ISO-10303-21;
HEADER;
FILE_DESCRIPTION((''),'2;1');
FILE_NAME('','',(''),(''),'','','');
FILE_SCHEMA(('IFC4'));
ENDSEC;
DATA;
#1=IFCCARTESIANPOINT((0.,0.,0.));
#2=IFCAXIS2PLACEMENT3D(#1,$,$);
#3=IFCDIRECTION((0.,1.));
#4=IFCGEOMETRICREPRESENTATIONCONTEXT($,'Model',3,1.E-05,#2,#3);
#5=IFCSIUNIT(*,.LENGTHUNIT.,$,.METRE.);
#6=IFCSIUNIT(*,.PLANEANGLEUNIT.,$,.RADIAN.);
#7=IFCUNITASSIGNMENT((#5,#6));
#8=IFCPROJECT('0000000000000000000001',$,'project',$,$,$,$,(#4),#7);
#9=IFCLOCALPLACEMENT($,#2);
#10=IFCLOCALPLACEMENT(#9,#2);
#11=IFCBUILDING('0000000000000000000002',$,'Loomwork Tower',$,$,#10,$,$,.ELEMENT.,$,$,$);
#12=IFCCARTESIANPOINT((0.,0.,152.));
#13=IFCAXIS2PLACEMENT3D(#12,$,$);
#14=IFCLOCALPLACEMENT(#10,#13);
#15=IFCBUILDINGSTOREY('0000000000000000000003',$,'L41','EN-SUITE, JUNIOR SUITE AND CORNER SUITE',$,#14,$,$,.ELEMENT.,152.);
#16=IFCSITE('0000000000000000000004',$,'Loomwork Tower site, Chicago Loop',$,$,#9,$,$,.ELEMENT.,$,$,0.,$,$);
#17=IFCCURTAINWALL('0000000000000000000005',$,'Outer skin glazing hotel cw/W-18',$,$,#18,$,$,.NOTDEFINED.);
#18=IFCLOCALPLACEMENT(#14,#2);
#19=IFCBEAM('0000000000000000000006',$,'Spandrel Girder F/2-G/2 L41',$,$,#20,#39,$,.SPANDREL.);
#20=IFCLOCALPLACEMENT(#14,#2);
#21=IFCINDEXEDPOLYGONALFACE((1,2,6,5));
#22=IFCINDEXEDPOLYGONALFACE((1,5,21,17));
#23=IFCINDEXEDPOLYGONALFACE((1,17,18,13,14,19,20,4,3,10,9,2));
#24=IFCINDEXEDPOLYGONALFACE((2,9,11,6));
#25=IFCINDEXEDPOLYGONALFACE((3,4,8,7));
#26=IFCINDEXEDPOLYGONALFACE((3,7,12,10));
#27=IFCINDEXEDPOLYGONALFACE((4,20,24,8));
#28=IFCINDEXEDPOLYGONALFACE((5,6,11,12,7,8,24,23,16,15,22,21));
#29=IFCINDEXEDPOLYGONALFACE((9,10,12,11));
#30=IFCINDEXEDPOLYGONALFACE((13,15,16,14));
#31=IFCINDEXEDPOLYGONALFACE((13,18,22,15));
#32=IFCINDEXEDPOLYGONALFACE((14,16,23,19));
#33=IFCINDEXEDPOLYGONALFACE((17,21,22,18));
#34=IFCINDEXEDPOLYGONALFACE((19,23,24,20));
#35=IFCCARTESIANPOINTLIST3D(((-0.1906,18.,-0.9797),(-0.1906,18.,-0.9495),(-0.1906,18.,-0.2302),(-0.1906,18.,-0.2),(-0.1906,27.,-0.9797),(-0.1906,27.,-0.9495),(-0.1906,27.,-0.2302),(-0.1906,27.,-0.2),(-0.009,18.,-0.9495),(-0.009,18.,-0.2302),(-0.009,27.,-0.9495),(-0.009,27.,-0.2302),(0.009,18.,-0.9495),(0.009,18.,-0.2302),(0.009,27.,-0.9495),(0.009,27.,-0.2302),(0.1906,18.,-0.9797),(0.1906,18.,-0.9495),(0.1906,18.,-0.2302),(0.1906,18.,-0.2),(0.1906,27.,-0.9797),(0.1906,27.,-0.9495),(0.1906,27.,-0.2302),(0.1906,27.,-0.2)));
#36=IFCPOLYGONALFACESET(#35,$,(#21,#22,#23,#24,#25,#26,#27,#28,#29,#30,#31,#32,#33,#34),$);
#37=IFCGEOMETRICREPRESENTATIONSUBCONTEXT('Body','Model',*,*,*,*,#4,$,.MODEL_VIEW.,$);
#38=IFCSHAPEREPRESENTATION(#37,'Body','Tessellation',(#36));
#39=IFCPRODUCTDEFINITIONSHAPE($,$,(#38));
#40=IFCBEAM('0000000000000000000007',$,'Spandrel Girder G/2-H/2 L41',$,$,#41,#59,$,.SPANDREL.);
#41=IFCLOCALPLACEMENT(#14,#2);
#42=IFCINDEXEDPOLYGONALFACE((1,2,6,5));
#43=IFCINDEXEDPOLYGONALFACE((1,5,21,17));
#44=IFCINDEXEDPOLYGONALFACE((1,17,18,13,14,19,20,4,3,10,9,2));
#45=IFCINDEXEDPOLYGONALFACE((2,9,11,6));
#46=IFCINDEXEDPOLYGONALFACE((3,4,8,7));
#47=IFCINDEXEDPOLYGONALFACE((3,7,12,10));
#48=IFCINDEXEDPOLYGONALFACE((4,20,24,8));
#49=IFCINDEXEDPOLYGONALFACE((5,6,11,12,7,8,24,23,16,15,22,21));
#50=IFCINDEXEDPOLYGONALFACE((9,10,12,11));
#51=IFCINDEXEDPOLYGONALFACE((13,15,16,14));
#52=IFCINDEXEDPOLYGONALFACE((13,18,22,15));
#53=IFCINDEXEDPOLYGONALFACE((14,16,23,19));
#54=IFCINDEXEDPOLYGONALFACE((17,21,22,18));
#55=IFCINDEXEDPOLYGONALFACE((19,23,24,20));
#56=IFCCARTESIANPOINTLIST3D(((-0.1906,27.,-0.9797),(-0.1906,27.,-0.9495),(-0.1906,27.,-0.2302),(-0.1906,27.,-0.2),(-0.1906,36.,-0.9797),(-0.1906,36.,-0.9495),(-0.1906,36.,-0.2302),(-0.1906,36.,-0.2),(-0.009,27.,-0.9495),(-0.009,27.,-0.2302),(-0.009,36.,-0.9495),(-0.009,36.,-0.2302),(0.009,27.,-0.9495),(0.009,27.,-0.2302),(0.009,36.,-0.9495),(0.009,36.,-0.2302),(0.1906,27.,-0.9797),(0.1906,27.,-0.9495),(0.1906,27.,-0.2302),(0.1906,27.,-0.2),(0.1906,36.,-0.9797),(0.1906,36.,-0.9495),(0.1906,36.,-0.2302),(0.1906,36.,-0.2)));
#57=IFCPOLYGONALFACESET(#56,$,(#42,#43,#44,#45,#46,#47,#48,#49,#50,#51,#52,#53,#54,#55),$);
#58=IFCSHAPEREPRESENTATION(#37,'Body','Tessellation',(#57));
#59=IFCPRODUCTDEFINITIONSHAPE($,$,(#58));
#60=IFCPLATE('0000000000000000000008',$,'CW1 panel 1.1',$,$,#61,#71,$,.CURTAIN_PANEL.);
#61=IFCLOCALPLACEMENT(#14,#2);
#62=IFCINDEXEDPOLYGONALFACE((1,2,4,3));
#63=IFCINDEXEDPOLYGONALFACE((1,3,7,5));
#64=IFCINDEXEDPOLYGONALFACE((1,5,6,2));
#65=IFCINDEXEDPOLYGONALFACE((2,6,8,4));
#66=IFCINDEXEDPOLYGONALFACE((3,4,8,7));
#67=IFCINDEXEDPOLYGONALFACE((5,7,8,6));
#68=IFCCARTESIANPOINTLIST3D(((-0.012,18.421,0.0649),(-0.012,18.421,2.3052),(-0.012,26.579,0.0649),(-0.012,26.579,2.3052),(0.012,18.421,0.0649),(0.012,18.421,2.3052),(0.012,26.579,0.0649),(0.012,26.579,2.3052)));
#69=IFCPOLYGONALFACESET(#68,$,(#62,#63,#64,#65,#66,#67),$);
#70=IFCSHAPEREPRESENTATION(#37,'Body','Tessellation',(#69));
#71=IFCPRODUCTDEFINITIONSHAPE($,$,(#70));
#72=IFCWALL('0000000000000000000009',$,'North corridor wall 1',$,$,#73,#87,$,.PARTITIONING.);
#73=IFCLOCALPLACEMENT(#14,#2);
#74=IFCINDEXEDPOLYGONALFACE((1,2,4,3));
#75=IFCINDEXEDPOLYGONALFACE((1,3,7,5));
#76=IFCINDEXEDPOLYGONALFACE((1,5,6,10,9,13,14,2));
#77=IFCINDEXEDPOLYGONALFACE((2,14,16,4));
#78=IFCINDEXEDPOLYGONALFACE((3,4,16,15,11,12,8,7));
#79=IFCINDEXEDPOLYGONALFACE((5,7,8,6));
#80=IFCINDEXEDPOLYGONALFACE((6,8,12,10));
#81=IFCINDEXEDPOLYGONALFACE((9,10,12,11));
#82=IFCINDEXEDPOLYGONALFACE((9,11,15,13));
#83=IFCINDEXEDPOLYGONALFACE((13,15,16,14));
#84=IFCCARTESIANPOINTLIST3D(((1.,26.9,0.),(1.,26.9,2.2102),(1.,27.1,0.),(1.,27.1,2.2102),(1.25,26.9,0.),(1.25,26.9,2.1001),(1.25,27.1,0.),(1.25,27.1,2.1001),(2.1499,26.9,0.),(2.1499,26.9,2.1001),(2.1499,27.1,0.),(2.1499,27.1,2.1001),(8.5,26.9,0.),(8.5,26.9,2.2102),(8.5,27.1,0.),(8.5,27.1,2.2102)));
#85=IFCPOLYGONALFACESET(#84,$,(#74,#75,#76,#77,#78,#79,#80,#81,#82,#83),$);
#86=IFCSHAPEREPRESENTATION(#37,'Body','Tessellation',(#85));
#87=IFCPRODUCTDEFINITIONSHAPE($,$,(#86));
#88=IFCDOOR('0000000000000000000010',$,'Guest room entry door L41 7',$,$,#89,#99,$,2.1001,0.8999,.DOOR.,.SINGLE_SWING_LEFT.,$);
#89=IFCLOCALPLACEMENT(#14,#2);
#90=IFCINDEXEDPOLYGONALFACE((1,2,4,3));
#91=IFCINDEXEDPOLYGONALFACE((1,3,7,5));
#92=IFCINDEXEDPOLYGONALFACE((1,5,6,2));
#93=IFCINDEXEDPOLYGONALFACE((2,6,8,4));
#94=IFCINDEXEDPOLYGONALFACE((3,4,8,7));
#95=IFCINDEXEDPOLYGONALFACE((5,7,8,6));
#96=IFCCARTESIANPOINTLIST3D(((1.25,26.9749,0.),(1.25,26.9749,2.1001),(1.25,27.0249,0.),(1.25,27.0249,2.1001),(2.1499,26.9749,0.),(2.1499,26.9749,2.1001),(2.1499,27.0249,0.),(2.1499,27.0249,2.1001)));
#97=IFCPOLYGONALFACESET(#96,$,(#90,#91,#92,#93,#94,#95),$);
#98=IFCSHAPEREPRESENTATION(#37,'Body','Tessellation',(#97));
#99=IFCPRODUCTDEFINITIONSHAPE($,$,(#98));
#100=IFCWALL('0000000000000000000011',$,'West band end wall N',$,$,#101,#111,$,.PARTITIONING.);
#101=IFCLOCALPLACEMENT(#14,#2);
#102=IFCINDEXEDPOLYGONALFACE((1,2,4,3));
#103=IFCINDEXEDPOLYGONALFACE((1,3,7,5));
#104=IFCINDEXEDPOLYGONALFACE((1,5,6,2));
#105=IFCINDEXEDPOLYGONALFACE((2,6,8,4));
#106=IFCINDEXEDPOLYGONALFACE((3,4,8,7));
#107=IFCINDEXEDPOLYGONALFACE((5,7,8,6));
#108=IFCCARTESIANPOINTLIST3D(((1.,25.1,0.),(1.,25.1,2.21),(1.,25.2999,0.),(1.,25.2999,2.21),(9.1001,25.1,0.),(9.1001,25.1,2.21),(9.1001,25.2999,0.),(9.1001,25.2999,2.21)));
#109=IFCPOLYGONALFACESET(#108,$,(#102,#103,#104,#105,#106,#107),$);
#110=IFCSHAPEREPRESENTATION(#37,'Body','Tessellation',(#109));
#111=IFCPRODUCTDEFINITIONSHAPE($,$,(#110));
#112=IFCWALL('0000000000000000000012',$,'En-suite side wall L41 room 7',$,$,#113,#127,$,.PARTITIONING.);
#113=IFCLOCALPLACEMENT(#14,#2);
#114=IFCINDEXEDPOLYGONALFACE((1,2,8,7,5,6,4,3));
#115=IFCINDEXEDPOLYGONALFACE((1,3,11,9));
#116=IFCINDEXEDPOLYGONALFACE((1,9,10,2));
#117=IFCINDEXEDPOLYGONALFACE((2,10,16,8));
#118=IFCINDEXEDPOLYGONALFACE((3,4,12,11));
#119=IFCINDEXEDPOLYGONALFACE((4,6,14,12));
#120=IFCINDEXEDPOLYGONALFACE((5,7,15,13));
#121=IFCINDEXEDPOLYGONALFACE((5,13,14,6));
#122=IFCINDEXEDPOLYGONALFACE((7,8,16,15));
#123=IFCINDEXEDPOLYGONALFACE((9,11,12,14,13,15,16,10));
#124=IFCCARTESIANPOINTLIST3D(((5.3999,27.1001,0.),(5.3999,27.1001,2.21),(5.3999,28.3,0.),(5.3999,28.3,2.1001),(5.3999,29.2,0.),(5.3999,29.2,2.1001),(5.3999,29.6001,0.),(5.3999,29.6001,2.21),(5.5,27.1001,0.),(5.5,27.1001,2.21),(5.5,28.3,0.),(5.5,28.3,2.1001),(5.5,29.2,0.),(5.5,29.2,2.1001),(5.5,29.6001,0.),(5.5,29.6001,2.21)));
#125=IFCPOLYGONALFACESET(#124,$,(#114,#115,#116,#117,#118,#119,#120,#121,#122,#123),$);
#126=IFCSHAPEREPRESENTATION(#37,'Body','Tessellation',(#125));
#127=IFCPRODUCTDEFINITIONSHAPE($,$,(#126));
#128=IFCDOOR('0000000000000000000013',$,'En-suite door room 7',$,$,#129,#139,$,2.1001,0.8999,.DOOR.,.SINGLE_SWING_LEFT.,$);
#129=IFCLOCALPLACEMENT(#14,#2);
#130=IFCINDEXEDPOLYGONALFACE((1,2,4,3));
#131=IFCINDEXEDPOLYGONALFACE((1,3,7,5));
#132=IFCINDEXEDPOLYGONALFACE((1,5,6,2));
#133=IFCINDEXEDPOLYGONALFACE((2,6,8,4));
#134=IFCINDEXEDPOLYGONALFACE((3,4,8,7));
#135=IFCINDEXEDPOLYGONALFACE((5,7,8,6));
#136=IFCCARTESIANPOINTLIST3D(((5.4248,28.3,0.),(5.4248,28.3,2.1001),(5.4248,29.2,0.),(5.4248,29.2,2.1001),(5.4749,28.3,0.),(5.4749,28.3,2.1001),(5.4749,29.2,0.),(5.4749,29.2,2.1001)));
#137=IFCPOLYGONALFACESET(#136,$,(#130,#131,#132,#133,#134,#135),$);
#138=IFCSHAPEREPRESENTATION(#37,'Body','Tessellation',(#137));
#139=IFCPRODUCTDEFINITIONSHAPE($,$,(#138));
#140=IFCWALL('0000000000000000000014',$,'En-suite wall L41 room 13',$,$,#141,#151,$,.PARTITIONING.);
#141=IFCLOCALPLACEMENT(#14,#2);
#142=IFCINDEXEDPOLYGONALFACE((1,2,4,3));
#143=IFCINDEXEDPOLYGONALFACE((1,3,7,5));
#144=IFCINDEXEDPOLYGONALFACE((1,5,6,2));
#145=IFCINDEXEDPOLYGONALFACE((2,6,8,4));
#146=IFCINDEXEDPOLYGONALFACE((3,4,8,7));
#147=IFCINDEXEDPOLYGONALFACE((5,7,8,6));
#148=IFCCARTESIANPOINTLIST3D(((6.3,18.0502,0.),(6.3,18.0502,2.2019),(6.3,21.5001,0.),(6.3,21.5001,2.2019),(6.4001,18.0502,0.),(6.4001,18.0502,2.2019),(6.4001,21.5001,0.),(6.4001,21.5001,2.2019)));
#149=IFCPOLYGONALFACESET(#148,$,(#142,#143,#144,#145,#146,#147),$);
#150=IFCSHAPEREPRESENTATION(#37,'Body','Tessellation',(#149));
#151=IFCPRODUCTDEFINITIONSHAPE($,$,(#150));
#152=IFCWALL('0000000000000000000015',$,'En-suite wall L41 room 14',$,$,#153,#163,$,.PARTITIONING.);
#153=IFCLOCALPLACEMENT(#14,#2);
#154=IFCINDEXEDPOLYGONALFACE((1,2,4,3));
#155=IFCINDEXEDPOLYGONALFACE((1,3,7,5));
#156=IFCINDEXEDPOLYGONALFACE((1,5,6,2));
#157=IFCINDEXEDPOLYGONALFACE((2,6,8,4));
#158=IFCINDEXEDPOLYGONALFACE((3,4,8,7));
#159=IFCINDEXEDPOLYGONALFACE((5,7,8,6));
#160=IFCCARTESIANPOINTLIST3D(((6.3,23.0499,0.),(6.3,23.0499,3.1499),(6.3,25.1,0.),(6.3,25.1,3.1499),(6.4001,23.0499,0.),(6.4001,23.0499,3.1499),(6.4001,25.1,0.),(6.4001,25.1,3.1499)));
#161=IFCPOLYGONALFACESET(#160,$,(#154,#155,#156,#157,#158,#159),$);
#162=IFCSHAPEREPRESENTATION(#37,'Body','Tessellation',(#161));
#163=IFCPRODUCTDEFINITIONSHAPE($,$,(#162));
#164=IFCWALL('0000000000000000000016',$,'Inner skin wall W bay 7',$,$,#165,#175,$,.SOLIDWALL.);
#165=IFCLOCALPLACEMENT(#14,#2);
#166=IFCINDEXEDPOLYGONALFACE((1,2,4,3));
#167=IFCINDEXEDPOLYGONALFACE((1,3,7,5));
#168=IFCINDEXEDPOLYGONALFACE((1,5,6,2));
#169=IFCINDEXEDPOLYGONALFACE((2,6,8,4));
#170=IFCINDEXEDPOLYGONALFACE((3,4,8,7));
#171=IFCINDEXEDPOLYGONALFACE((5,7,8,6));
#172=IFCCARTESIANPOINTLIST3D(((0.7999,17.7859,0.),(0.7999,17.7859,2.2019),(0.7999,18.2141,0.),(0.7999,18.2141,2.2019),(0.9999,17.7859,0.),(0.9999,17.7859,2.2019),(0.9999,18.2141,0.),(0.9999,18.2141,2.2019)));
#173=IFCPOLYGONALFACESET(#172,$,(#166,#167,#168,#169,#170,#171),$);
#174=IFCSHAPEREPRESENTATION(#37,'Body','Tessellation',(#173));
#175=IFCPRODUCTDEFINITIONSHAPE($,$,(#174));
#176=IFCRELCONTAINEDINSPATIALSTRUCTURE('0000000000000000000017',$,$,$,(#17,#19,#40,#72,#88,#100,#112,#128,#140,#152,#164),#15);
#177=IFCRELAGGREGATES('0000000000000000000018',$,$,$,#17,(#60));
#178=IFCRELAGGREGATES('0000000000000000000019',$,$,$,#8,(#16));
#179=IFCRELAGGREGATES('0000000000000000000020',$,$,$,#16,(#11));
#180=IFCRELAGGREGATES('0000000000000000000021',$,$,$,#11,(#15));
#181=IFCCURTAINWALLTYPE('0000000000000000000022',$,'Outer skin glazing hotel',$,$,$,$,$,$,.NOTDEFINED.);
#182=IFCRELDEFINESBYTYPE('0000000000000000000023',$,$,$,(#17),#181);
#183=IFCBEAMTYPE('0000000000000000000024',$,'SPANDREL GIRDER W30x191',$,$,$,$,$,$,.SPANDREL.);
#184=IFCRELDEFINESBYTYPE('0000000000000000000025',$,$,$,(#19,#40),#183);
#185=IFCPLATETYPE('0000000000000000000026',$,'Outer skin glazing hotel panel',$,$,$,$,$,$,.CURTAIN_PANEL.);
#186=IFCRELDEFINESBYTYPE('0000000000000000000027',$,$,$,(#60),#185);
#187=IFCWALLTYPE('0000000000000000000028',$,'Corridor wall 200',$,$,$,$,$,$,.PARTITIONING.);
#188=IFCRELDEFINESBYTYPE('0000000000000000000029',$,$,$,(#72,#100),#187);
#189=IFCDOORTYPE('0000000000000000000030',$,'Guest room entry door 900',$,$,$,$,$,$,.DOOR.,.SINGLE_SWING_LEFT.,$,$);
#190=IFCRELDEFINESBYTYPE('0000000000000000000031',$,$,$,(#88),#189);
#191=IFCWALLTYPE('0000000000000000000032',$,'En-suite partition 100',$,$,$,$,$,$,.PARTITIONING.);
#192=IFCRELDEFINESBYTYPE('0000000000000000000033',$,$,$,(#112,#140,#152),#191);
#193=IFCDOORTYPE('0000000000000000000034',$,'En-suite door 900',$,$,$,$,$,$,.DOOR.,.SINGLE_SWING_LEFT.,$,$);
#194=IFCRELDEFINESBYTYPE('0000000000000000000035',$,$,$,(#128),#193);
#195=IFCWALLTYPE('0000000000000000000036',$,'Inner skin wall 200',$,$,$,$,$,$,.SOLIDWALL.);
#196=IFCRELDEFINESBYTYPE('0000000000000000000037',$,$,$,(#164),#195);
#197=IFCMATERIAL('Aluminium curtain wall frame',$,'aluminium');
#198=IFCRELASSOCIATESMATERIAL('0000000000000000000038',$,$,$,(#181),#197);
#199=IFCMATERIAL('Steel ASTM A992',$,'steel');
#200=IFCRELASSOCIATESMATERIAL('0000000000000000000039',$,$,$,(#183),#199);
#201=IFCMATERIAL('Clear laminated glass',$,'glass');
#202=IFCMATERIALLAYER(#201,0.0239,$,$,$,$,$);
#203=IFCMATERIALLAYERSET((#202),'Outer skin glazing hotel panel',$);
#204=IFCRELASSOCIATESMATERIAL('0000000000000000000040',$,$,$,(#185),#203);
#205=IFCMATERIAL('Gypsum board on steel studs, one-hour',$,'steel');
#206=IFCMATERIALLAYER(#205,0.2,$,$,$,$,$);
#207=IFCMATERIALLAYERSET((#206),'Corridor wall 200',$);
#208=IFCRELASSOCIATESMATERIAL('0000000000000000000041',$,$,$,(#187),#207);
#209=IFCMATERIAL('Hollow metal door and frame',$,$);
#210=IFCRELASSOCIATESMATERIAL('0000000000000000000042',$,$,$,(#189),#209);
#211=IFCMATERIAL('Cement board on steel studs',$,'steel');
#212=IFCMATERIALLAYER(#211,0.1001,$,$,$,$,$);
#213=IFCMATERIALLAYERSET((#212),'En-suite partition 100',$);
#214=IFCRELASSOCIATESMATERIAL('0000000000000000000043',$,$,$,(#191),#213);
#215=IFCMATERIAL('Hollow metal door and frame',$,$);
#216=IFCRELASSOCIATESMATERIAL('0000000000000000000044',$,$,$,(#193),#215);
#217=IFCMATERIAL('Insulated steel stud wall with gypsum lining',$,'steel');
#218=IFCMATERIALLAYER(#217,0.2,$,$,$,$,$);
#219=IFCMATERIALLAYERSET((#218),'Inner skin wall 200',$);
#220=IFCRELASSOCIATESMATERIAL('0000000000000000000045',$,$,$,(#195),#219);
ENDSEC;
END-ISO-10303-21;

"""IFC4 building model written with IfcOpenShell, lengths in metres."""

from ifc_helpers import new_model, si_unit, direction, frame, frame_2d, origin, origin_2d, place, context, subcontext, project, spatial, rectangle, i_section, extrude, material, layer, layer_set, material_profile, profile_set, type_object, element, fill, aggregate, save


model = new_model("IFC4")

# Units and contexts
model_context = context("Model", 3, precision=1e-05, world=origin(), true_north=direction((0.0, 1.0)))
body_context = subcontext(model_context, "Body", "Model", "MODEL_VIEW")
ifc_project = project(units=[si_unit("LENGTHUNIT", "METRE"), si_unit("PLANEANGLEUNIT", "RADIAN")], contexts=[model_context])

# Site, building, storey
site_placement = place(None, origin())
site = spatial("IfcSite", under=ifc_project, at=site_placement, Name="Loomwork Tower site, Chicago Loop", CompositionType="ELEMENT", RefElevation=0.0)
building_placement = place(site_placement, origin())
building = spatial("IfcBuilding", under=site, at=building_placement, Name="Loomwork Tower", CompositionType="ELEMENT")
storey_placement = place(building_placement, frame((0.0, 0.0, 152.0)))
storey = spatial("IfcBuildingStorey", under=building, at=storey_placement, Name="L41", Description="EN-SUITE, JUNIOR SUITE AND CORNER SUITE", CompositionType="ELEMENT", Elevation=152.0)

# Shared definitions
ifc_material_1 = material(Name="Aluminium curtain wall frame", Category="aluminium")
curtain_wall_type = type_object("IfcCurtainWallType", Name="Outer skin glazing hotel", PredefinedType="NOTDEFINED", material=ifc_material_1)

# Curtain wall
curtain_wall_1_placement = place(storey_placement, origin())
curtain_wall_1 = element("IfcCurtainWall", 1, at=curtain_wall_1_placement, inside=storey, type_object=curtain_wall_type, Name="Outer skin glazing hotel cw/W-18", PredefinedType="NOTDEFINED")

# Beams
ifc_material_2 = material(Name="Steel ASTM A992", Category="steel")
ifc_material_profile_1 = material_profile(ifc_material_2, i_section(OverallWidth=0.3811, OverallDepth=0.7798, WebThickness=0.0181, FlangeThickness=0.0303, at=origin_2d()), Name="W30x191")
ifc_profile_set_1 = profile_set([ifc_material_profile_1], Name="Steel ASTM A992")
beam_type_1 = type_object("IfcBeamType", Name="SPANDREL GIRDER W30x191", PredefinedType="SPANDREL", material=ifc_profile_set_1)
for number, where, z_axis, x_axis, name in (
    (2, (0.0, 18.0, -0.5898), (0.0, 1.0, 0.0), (-1.0, 0.0, 0.0), "Spandrel Girder F/2-G/2 L41"),
    (3, (0.0, 27.0, -0.5898), (0.0, 1.0, 0.0), (-1.0, 0.0, 0.0), "Spandrel Girder G/2-H/2 L41"),
):
    element("IfcBeam", number, at=place(storey_placement, frame(where, z_axis=z_axis, x_axis=x_axis)), inside=storey, type_object=beam_type_1, Name=name, PredefinedType="SPANDREL", context=body_context, shape_type="SweptSolid", body=[
        extrude(i_section(OverallWidth=0.3811, OverallDepth=0.7798, WebThickness=0.0181, FlangeThickness=0.0303, at=origin_2d()), origin(), (0.0, 0.0, 1.0), 9.0),
    ])

# Plate
ifc_material_3 = material(Name="Clear laminated glass", Category="glass")
ifc_layer_1 = layer(ifc_material_3, 0.0239)
ifc_layer_set_1 = layer_set([ifc_layer_1], Name="Outer skin glazing hotel panel")
plate_type = type_object("IfcPlateType", Name="Outer skin glazing hotel panel", PredefinedType="CURTAIN_PANEL", material=ifc_layer_set_1)
plate_placement = place(storey_placement, frame((0.0, 22.5, 0.0649), z_axis=(0.0, 0.0, 1.0), x_axis=(0.0, -1.0, 0.0)))
plate = element("IfcPlate", 4, at=plate_placement, type_object=plate_type, Name="CW1 panel 1.1", PredefinedType="CURTAIN_PANEL", context=body_context, shape_type="SweptSolid", body=[
    extrude(rectangle(XDim=8.158, YDim=0.0239, at=origin_2d()), origin(), (0.0, 0.0, 1.0), 2.2402),
])
aggregate(curtain_wall_1, [plate])

# Wall, opening, door
ifc_material_4 = material(Name="Gypsum board on steel studs, one-hour", Category="steel")
ifc_layer_2 = layer(ifc_material_4, 0.2)
ifc_layer_set_2 = layer_set([ifc_layer_2], Name="Corridor wall 200")
wall_type_1 = type_object("IfcWallType", Name="Corridor wall 200", PredefinedType="PARTITIONING", material=ifc_layer_set_2)
wall_1_placement = place(storey_placement, frame((1.0, 27.0, 0.0), z_axis=(0.0, 0.0, 1.0), x_axis=(1.0, 0.0, 0.0)))
wall_1 = element("IfcWall", 5, at=wall_1_placement, inside=storey, type_object=wall_type_1, Name="North corridor wall 1", PredefinedType="PARTITIONING", context=body_context, shape_type="SweptSolid", body=[
    extrude(rectangle(XDim=7.5, YDim=0.2, at=frame_2d((3.75, 0.0))), origin(), (0.0, 0.0, 1.0), 2.2102),
])
opening_1_placement = place(wall_1_placement, frame((0.25, 0.0, 0.0)))
opening_1 = element("IfcOpeningElement", 6, at=opening_1_placement, cuts=wall_1, PredefinedType="OPENING", context=body_context, shape_type="SweptSolid", body=[
    extrude(rectangle(XDim=0.8999, YDim=2.1001, at=frame_2d((0.45, 1.05))), frame((0.0, 0.1099, 0.0), z_axis=(0.0, -1.0, 0.0), x_axis=(1.0, 0.0, 0.0)), (0.0, 0.0, 1.0), 0.22),
])
ifc_material_5 = material(Name="Hollow metal door and frame")
door_type_1 = type_object("IfcDoorType", Name="Guest room entry door 900", OperationType="SINGLE_SWING_LEFT", PredefinedType="DOOR", material=ifc_material_5)
door_1_placement = place(opening_1_placement, origin())
door_1 = element("IfcDoor", 7, at=door_1_placement, inside=storey, type_object=door_type_1, Name="Guest room entry door L41 7", OperationType="SINGLE_SWING_LEFT", OverallHeight=2.1001, OverallWidth=0.8999, PredefinedType="DOOR", context=body_context, shape_type="SweptSolid", body=[
    extrude(rectangle(XDim=0.8999, YDim=2.1001, at=frame_2d((0.45, 1.05))), frame((0.0, 0.0249, 0.0), z_axis=(0.0, -1.0, 0.0), x_axis=(1.0, 0.0, 0.0)), (0.0, 0.0, 1.0), 0.05),
])
fill(opening_1, door_1)

# Wall
wall_2_placement = place(storey_placement, frame((1.0, 25.2, 0.0), z_axis=(0.0, 0.0, 1.0), x_axis=(1.0, 0.0, 0.0)))
element("IfcWall", 8, at=wall_2_placement, inside=storey, type_object=wall_type_1, Name="West band end wall N", PredefinedType="PARTITIONING", context=body_context, shape_type="SweptSolid", body=[
    extrude(rectangle(XDim=8.1001, YDim=0.2, at=frame_2d((4.05, 0.0))), origin(), (0.0, 0.0, 1.0), 2.21),
])

# Wall, opening, door
ifc_material_6 = material(Name="Cement board on steel studs", Category="steel")
ifc_layer_3 = layer(ifc_material_6, 0.1001)
ifc_layer_set_3 = layer_set([ifc_layer_3], Name="En-suite partition 100")
wall_type_2 = type_object("IfcWallType", Name="En-suite partition 100", PredefinedType="PARTITIONING", material=ifc_layer_set_3)
wall_3_placement = place(storey_placement, frame((5.45, 27.1001, 0.0), z_axis=(0.0, 0.0, 1.0), x_axis=(0.0, 1.0, 0.0)))
wall_3 = element("IfcWall", 9, at=wall_3_placement, inside=storey, type_object=wall_type_2, Name="En-suite side wall L41 room 7", PredefinedType="PARTITIONING", context=body_context, shape_type="SweptSolid", body=[
    extrude(rectangle(XDim=2.5, YDim=0.1001, at=frame_2d((1.25, 0.0))), origin(), (0.0, 0.0, 1.0), 2.21),
])
opening_2_placement = place(wall_3_placement, frame((1.2, 0.0, 0.0)))
opening_2 = element("IfcOpeningElement", 10, at=opening_2_placement, cuts=wall_3, PredefinedType="OPENING", context=body_context, shape_type="SweptSolid", body=[
    extrude(rectangle(XDim=0.8999, YDim=2.1001, at=frame_2d((0.45, 1.05))), frame((0.0, 0.0601, 0.0), z_axis=(0.0, -1.0, 0.0), x_axis=(1.0, 0.0, 0.0)), (0.0, 0.0, 1.0), 0.1201),
])
ifc_material_7 = material(Name="Hollow metal door and frame")
door_type_2 = type_object("IfcDoorType", Name="En-suite door 900", OperationType="SINGLE_SWING_LEFT", PredefinedType="DOOR", material=ifc_material_7)
door_2_placement = place(opening_2_placement, frame((0.8999, 0.0, 0.0), z_axis=(0.0, 0.0, 1.0), x_axis=(-1.0, 0.0, 0.0)))
door_2 = element("IfcDoor", 11, at=door_2_placement, inside=storey, type_object=door_type_2, Name="En-suite door room 7", OperationType="SINGLE_SWING_LEFT", OverallHeight=2.1001, OverallWidth=0.8999, PredefinedType="DOOR", context=body_context, shape_type="SweptSolid", body=[
    extrude(rectangle(XDim=0.8999, YDim=2.1001, at=frame_2d((0.45, 1.05))), frame((0.0, 0.0249, 0.0), z_axis=(0.0, -1.0, 0.0), x_axis=(1.0, 0.0, 0.0)), (0.0, 0.0, 1.0), 0.05),
])
fill(opening_2, door_2)

# Walls
wall_4_placement = place(storey_placement, frame((6.3501, 18.05, 0.0), z_axis=(0.0, 0.0, 1.0), x_axis=(0.0, 1.0, 0.0)))
element("IfcWall", 12, at=wall_4_placement, inside=storey, type_object=wall_type_2, Name="En-suite wall L41 room 13", PredefinedType="PARTITIONING", context=body_context, shape_type="SweptSolid", body=[
    extrude(rectangle(XDim=3.45, YDim=0.1001, at=frame_2d((1.7251, 0.0))), origin(), (0.0, 0.0, 1.0), 2.2019),
])
wall_5_placement = place(storey_placement, frame((6.3501, 23.05, 0.0), z_axis=(0.0, 0.0, 1.0), x_axis=(0.0, 1.0, 0.0)))
element("IfcWall", 13, at=wall_5_placement, inside=storey, type_object=wall_type_2, Name="En-suite wall L41 room 14", PredefinedType="PARTITIONING", context=body_context, shape_type="SweptSolid", body=[
    extrude(rectangle(XDim=2.05, YDim=0.1001, at=frame_2d((1.0249, 0.0))), origin(), (0.0, 0.0, 1.0), 3.1499),
])
ifc_material_8 = material(Name="Insulated steel stud wall with gypsum lining", Category="steel")
ifc_layer_4 = layer(ifc_material_8, 0.2)
ifc_layer_set_4 = layer_set([ifc_layer_4], Name="Inner skin wall 200")
wall_type_3 = type_object("IfcWallType", Name="Inner skin wall 200", PredefinedType="SOLIDWALL", material=ifc_layer_set_4)
wall_6_placement = place(storey_placement, frame((0.8999, 17.7859, 0.0), z_axis=(0.0, 0.0, 1.0), x_axis=(0.0, 1.0, 0.0)))
element("IfcWall", 14, at=wall_6_placement, inside=storey, type_object=wall_type_3, Name="Inner skin wall W bay 7", PredefinedType="SOLIDWALL", context=body_context, shape_type="SweptSolid", body=[
    extrude(rectangle(XDim=0.4282, YDim=0.2, at=frame_2d((0.2141, 0.0))), origin(), (0.0, 0.0, 1.0), 2.2019),
])

save(model, "model.ifc")
